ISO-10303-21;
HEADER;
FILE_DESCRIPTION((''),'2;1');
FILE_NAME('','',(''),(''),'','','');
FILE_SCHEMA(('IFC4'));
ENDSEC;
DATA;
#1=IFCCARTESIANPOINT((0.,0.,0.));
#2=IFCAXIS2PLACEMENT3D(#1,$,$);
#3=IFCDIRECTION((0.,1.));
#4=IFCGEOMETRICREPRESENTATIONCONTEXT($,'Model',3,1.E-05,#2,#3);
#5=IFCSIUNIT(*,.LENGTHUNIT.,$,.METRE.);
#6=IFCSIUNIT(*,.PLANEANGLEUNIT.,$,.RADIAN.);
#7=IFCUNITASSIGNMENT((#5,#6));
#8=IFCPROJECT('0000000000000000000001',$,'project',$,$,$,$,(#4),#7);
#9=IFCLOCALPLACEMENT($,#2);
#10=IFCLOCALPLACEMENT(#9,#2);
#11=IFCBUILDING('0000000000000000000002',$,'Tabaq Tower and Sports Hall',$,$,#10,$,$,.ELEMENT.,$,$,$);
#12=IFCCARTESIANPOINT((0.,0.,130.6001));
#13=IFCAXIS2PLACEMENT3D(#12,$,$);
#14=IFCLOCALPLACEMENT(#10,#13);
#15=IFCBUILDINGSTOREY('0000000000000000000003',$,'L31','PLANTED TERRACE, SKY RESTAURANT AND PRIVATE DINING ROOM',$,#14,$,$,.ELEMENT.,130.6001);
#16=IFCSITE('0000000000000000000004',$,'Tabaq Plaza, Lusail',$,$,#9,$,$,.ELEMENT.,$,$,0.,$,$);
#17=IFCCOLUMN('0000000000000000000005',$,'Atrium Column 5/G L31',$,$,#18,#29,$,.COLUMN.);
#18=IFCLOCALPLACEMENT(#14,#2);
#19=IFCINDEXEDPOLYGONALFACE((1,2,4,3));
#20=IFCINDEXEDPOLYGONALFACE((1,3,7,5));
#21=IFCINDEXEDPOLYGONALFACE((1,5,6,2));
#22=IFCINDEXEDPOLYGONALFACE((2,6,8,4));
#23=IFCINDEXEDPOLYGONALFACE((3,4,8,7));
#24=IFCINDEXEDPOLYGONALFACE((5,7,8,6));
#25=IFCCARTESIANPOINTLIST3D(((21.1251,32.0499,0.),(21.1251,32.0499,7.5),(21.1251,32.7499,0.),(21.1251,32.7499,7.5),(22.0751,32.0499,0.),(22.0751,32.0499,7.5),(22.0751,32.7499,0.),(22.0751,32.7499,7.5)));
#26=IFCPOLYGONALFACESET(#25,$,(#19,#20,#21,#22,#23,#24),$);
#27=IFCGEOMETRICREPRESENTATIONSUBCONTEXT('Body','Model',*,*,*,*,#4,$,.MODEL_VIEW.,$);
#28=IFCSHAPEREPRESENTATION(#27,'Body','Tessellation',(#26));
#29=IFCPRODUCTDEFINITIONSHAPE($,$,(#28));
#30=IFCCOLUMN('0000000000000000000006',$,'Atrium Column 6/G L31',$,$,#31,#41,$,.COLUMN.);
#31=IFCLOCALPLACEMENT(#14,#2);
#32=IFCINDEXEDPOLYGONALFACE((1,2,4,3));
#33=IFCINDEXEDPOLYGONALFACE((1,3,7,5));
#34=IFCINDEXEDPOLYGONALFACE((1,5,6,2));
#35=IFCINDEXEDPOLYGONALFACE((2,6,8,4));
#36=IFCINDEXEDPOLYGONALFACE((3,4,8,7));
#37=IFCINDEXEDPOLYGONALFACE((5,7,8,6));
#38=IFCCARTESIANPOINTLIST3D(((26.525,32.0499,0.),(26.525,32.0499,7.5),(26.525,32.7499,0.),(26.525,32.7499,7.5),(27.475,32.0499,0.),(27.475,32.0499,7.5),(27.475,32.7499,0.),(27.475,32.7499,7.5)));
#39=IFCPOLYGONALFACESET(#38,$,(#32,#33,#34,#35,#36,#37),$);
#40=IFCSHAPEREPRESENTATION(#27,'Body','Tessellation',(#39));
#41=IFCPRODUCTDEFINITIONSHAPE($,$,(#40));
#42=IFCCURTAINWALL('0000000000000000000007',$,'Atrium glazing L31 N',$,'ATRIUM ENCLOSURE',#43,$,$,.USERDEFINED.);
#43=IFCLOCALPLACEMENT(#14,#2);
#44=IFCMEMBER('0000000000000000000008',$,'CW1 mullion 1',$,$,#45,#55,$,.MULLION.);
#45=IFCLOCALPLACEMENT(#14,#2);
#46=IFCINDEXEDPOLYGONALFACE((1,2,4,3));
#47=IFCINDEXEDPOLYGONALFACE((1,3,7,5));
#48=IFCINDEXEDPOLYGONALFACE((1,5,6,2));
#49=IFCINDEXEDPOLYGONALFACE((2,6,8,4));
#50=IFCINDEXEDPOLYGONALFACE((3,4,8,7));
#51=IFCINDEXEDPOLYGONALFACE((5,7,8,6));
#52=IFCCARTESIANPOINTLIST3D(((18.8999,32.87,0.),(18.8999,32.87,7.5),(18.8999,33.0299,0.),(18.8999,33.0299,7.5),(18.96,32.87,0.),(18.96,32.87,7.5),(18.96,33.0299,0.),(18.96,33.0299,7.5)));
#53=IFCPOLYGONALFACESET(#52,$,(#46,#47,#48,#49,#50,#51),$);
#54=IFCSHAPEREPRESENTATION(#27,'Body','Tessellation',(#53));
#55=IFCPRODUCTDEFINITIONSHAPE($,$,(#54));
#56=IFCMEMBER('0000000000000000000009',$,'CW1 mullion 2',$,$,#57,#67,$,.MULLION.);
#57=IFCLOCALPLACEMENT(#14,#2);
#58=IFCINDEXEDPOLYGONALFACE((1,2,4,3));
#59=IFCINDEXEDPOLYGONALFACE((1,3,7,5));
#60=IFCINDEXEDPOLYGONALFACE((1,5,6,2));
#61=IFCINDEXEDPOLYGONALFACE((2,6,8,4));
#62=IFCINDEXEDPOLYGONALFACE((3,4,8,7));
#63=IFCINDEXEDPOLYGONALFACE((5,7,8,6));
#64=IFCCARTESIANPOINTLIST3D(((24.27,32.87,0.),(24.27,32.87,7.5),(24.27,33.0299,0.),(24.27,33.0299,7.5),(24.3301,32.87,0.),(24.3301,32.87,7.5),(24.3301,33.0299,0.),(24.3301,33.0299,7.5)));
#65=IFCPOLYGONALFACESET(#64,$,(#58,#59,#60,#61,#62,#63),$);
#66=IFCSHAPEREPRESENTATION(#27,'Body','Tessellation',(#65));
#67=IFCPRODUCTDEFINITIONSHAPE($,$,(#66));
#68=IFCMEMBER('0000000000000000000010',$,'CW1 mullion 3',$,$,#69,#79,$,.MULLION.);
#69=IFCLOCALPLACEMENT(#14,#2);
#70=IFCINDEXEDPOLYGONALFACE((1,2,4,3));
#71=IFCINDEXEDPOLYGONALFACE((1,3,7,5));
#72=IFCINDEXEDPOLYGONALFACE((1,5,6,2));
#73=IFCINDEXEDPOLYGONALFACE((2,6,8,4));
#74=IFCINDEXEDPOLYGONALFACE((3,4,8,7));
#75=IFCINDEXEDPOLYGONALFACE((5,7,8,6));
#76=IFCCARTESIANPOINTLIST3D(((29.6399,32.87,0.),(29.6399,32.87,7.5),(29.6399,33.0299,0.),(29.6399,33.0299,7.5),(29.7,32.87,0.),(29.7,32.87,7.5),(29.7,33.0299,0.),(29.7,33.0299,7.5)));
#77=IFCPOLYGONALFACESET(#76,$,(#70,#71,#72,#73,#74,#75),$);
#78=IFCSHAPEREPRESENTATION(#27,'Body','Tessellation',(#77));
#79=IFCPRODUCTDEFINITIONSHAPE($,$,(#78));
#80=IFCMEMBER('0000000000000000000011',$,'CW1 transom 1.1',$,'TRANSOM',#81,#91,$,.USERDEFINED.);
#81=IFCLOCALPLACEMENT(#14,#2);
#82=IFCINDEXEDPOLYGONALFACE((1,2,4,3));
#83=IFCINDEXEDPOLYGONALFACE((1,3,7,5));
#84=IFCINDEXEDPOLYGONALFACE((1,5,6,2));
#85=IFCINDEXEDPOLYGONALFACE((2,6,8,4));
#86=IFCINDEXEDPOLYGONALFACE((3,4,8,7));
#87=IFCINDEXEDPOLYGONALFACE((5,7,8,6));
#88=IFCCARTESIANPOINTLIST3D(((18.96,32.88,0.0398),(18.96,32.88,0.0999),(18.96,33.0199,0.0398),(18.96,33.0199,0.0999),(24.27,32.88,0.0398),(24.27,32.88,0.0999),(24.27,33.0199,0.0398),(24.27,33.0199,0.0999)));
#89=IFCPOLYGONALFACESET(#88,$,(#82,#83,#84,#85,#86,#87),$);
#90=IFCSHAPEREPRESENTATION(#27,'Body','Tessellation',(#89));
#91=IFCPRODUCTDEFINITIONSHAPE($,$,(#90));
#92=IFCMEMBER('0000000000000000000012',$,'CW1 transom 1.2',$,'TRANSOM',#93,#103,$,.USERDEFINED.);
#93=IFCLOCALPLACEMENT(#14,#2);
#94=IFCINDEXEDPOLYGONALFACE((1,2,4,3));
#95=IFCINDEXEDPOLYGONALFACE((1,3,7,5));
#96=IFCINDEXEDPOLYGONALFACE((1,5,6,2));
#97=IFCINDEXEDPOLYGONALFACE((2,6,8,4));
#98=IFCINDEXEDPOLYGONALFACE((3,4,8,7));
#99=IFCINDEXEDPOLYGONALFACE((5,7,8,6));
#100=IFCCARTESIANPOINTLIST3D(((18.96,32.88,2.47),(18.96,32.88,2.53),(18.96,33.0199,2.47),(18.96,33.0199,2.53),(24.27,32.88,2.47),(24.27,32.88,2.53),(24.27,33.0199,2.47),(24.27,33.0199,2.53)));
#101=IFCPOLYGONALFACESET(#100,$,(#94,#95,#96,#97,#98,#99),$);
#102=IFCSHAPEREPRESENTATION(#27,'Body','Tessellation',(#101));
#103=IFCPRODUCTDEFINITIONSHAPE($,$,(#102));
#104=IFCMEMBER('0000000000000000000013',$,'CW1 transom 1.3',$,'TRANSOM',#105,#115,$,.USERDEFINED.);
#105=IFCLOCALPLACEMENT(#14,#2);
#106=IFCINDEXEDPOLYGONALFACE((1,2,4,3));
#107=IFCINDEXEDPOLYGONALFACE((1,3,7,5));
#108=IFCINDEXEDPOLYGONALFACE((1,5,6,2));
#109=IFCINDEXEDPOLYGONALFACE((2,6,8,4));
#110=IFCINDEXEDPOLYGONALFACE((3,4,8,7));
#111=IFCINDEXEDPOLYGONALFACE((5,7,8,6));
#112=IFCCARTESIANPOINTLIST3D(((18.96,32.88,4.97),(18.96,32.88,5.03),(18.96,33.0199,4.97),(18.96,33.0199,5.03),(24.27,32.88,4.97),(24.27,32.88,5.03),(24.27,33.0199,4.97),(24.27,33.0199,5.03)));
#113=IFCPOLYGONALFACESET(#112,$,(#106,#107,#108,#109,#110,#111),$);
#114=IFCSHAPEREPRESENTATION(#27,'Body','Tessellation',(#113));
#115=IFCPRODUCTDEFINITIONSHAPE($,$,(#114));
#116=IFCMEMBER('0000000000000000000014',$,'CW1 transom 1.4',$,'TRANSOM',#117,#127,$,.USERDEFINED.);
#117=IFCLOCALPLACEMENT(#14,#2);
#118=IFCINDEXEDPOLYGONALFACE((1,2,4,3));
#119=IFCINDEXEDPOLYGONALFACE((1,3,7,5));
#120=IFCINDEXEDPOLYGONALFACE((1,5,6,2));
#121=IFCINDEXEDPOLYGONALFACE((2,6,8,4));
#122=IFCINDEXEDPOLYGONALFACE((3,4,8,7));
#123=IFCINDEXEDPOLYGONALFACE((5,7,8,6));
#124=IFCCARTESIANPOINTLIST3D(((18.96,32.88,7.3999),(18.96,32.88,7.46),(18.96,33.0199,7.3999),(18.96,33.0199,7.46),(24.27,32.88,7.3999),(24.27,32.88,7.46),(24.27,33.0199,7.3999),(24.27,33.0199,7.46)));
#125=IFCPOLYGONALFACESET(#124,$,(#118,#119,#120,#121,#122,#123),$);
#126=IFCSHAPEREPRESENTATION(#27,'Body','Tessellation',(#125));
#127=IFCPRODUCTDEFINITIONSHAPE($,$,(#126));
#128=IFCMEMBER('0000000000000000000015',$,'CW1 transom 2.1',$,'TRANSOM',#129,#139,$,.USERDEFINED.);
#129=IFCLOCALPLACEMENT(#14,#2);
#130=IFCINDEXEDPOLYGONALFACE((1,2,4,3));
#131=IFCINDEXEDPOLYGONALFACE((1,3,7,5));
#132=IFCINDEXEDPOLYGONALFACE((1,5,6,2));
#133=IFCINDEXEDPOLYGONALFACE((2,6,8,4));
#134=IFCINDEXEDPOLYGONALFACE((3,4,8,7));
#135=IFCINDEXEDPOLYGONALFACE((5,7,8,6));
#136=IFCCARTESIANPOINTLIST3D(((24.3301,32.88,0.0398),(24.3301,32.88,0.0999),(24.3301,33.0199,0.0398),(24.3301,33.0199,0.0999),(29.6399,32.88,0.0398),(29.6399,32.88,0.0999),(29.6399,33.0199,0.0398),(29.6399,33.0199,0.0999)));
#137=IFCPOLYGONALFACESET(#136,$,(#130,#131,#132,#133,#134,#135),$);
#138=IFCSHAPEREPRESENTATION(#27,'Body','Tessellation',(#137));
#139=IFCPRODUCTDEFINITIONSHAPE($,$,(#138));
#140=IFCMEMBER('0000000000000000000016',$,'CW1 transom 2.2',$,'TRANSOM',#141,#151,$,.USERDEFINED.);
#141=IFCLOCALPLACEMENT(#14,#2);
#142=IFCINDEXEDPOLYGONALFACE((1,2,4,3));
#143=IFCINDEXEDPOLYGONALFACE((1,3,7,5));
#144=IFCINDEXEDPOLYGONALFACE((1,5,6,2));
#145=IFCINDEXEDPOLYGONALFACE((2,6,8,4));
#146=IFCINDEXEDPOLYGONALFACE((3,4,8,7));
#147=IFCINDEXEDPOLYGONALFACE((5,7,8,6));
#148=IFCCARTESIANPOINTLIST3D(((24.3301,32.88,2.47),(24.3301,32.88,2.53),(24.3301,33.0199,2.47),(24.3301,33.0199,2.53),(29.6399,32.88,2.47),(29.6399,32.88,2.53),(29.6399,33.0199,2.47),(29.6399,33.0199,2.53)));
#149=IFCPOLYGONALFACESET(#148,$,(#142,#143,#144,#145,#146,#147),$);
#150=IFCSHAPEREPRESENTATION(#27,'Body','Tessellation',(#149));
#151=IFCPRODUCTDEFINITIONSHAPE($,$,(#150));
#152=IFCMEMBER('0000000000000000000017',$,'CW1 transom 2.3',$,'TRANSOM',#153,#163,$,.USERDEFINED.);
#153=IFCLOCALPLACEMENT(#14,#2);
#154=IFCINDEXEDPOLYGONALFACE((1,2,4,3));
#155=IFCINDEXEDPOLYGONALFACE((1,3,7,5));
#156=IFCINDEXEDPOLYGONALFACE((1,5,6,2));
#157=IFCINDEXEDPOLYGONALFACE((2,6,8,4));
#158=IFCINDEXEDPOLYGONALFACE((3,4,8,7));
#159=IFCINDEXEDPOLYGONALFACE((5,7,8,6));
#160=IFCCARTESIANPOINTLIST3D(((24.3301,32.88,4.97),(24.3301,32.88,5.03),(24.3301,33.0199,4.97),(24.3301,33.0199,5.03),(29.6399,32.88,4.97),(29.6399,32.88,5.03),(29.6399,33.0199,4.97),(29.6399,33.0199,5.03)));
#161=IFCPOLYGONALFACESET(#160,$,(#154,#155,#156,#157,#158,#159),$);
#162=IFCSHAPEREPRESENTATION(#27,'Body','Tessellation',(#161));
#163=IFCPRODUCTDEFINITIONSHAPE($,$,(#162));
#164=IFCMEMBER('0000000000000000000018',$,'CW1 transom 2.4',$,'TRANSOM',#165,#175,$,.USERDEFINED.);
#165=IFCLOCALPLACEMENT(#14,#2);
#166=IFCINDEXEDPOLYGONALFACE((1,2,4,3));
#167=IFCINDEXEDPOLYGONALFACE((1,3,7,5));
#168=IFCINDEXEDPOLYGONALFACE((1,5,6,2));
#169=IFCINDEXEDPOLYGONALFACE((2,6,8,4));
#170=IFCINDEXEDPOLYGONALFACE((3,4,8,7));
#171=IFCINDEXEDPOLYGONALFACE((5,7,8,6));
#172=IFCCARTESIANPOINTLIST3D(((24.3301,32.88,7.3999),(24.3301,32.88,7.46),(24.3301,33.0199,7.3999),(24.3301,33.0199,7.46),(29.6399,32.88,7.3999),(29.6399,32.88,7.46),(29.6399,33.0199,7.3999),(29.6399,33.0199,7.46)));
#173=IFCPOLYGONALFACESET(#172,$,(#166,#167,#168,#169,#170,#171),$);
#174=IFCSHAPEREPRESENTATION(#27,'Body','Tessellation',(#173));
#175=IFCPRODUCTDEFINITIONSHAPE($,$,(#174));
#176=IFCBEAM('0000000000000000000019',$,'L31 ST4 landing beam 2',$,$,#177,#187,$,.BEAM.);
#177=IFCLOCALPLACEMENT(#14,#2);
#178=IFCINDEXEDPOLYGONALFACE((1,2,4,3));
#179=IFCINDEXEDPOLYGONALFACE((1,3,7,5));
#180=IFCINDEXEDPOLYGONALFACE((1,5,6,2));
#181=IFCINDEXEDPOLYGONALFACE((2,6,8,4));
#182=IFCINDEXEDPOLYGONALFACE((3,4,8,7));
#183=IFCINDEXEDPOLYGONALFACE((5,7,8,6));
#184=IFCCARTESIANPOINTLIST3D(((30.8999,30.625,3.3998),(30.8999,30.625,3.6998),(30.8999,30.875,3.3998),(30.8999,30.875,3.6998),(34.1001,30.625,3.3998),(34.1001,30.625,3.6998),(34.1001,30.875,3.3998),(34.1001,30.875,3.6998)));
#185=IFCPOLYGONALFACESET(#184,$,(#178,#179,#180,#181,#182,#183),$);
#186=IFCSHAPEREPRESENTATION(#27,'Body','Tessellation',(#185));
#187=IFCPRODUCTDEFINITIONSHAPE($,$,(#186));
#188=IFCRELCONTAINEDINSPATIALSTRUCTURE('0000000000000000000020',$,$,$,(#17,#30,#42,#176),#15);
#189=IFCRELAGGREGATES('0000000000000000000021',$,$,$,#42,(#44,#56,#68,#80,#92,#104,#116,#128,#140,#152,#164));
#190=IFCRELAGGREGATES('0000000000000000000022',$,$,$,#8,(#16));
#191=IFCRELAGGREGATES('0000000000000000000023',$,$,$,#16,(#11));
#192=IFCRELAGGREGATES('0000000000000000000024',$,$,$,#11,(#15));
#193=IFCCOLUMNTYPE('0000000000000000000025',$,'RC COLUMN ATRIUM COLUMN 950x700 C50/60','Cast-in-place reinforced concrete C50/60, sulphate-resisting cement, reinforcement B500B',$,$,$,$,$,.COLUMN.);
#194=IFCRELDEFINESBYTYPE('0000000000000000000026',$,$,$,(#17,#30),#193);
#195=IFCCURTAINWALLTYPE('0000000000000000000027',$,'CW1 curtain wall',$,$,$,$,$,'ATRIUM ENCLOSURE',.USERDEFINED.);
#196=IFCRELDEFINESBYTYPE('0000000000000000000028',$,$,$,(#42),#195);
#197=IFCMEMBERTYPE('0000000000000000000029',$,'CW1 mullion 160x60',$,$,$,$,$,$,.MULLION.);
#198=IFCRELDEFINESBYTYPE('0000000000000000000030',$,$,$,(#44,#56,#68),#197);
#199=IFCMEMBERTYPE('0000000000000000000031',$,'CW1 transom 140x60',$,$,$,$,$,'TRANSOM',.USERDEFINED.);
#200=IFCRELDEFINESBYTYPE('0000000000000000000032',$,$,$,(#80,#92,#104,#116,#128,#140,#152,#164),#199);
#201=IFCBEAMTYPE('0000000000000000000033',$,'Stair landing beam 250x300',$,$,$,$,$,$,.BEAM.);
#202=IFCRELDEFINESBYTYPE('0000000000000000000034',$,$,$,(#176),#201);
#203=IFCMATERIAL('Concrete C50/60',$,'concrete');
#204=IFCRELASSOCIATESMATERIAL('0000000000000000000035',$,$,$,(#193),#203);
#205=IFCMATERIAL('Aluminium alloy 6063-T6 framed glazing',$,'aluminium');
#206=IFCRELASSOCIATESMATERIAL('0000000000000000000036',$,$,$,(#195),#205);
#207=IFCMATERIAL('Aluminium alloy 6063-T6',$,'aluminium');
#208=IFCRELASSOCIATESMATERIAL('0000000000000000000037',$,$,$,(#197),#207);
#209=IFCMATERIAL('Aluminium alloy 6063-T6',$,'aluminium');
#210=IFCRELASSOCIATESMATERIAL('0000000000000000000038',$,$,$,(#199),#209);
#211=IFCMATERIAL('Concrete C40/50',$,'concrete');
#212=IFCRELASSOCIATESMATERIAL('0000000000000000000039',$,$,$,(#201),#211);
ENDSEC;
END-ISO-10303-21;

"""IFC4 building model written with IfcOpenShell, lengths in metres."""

from ifc_helpers import new_model, si_unit, direction, frame, origin, origin_2d, place, context, subcontext, project, spatial, rectangle, extrude, material, material_profile, profile_set, type_object, element, aggregate, save


model = new_model("IFC4")

# Units and contexts
model_context = context("Model", 3, precision=1e-05, world=origin(), true_north=direction((0.0, 1.0)))
body_context = subcontext(model_context, "Body", "Model", "MODEL_VIEW")
ifc_project = project(units=[si_unit("LENGTHUNIT", "METRE"), si_unit("PLANEANGLEUNIT", "RADIAN")], contexts=[model_context])

# Site, building, storey
site_placement = place(None, origin())
site = spatial("IfcSite", under=ifc_project, at=site_placement, Name="Tabaq Plaza, Lusail", CompositionType="ELEMENT", RefElevation=0.0)
building_placement = place(site_placement, origin())
building = spatial("IfcBuilding", under=site, at=building_placement, Name="Tabaq Tower and Sports Hall", CompositionType="ELEMENT")
storey_placement = place(building_placement, frame((0.0, 0.0, 130.6001)))
storey = spatial("IfcBuildingStorey", under=building, at=storey_placement, Name="L31", Description="PLANTED TERRACE, SKY RESTAURANT AND PRIVATE DINING ROOM", CompositionType="ELEMENT", Elevation=130.6001)

# Columns
ifc_material_1 = material(Name="Concrete C50/60", Category="concrete")
ifc_material_profile_1 = material_profile(ifc_material_1, rectangle(XDim=0.95, YDim=0.7, at=origin_2d()), Name="ATRIUM COLUMN 950x700")
ifc_profile_set_1 = profile_set([ifc_material_profile_1], Name="Concrete C50/60")
column_type = type_object("IfcColumnType", Name="RC COLUMN ATRIUM COLUMN 950x700 C50/60", Description="Cast-in-place reinforced concrete C50/60, sulphate-resisting cement, reinforcement B500B", PredefinedType="COLUMN", material=ifc_profile_set_1)
for number, where, z_axis, x_axis, name in (
    (1, (21.6001, 32.3999, 0.0), (0.0, 0.0, 1.0), (1.0, 0.0, 0.0), "Atrium Column 5/G L31"),
    (2, (27.0, 32.3999, 0.0), (0.0, 0.0, 1.0), (1.0, 0.0, 0.0), "Atrium Column 6/G L31"),
):
    element("IfcColumn", number, at=place(storey_placement, frame(where, z_axis=z_axis, x_axis=x_axis)), inside=storey, type_object=column_type, Name=name, PredefinedType="COLUMN", context=body_context, shape_type="SweptSolid", body=[
        extrude(rectangle(XDim=0.95, YDim=0.7, at=origin_2d()), origin(), (0.0, 0.0, 1.0), 7.5),
    ])

# Curtain wall, members
ifc_material_2 = material(Name="Aluminium alloy 6063-T6 framed glazing", Category="aluminium")
curtain_wall_type = type_object("IfcCurtainWallType", Name="CW1 curtain wall", ElementType="ATRIUM ENCLOSURE", PredefinedType="USERDEFINED", material=ifc_material_2)
curtain_wall_placement = place(storey_placement, origin())
curtain_wall = element("IfcCurtainWall", 3, at=curtain_wall_placement, inside=storey, type_object=curtain_wall_type, Name="Atrium glazing L31 N", ObjectType="ATRIUM ENCLOSURE", PredefinedType="USERDEFINED")
ifc_material_3 = material(Name="Aluminium alloy 6063-T6", Category="aluminium")
ifc_material_profile_2 = material_profile(ifc_material_3, rectangle(XDim=0.1599, YDim=0.0601, at=origin_2d()), Name="MULLION 160x60")
ifc_profile_set_2 = profile_set([ifc_material_profile_2], Name="Aluminium alloy 6063-T6")
member_type_1 = type_object("IfcMemberType", Name="CW1 mullion 160x60", PredefinedType="MULLION", material=ifc_profile_set_2)
member_1_placement = place(storey_placement, frame((18.9299, 32.95, 0.0), z_axis=(0.0, 0.0, 1.0), x_axis=(0.0, 1.0, 0.0)))
member_1 = element("IfcMember", 4, at=member_1_placement, type_object=member_type_1, Name="CW1 mullion 1", PredefinedType="MULLION", context=body_context, shape_type="SweptSolid", body=[
    extrude(rectangle(XDim=0.1599, YDim=0.0601, at=origin_2d()), origin(), (0.0, 0.0, 1.0), 7.5),
])
member_2_placement = place(storey_placement, frame((24.3, 32.95, 0.0), z_axis=(0.0, 0.0, 1.0), x_axis=(0.0, 1.0, 0.0)))
member_2 = element("IfcMember", 5, at=member_2_placement, type_object=member_type_1, Name="CW1 mullion 2", PredefinedType="MULLION", context=body_context, shape_type="SweptSolid", body=[
    extrude(rectangle(XDim=0.1599, YDim=0.0601, at=origin_2d()), origin(), (0.0, 0.0, 1.0), 7.5),
])
member_3_placement = place(storey_placement, frame((29.6699, 32.95, 0.0), z_axis=(0.0, 0.0, 1.0), x_axis=(0.0, 1.0, 0.0)))
member_3 = element("IfcMember", 6, at=member_3_placement, type_object=member_type_1, Name="CW1 mullion 3", PredefinedType="MULLION", context=body_context, shape_type="SweptSolid", body=[
    extrude(rectangle(XDim=0.1599, YDim=0.0601, at=origin_2d()), origin(), (0.0, 0.0, 1.0), 7.5),
])
ifc_material_4 = material(Name="Aluminium alloy 6063-T6", Category="aluminium")
ifc_material_profile_3 = material_profile(ifc_material_4, rectangle(XDim=0.1399, YDim=0.0601, at=origin_2d()), Name="TRANSOM 140x60")
ifc_profile_set_3 = profile_set([ifc_material_profile_3], Name="Aluminium alloy 6063-T6")
member_type_2 = type_object("IfcMemberType", Name="CW1 transom 140x60", ElementType="TRANSOM", PredefinedType="USERDEFINED", material=ifc_profile_set_3)
member_4_placement = place(storey_placement, frame((18.96, 32.95, 0.0698), z_axis=(1.0, 0.0, 0.0), x_axis=(0.0, 1.0, 0.0)))
member_4 = element("IfcMember", 7, at=member_4_placement, type_object=member_type_2, Name="CW1 transom 1.1", ObjectType="TRANSOM", PredefinedType="USERDEFINED", context=body_context, shape_type="SweptSolid", body=[
    extrude(rectangle(XDim=0.1399, YDim=0.0601, at=origin_2d()), origin(), (0.0, 0.0, 1.0), 5.3101),
])
member_5_placement = place(storey_placement, frame((18.96, 32.95, 2.5), z_axis=(1.0, 0.0, 0.0), x_axis=(0.0, 1.0, 0.0)))
member_5 = element("IfcMember", 8, at=member_5_placement, type_object=member_type_2, Name="CW1 transom 1.2", ObjectType="TRANSOM", PredefinedType="USERDEFINED", context=body_context, shape_type="SweptSolid", body=[
    extrude(rectangle(XDim=0.1399, YDim=0.0601, at=origin_2d()), origin(), (0.0, 0.0, 1.0), 5.3101),
])
member_6_placement = place(storey_placement, frame((18.96, 32.95, 5.0), z_axis=(1.0, 0.0, 0.0), x_axis=(0.0, 1.0, 0.0)))
member_6 = element("IfcMember", 9, at=member_6_placement, type_object=member_type_2, Name="CW1 transom 1.3", ObjectType="TRANSOM", PredefinedType="USERDEFINED", context=body_context, shape_type="SweptSolid", body=[
    extrude(rectangle(XDim=0.1399, YDim=0.0601, at=origin_2d()), origin(), (0.0, 0.0, 1.0), 5.3101),
])
member_7_placement = place(storey_placement, frame((18.96, 32.95, 7.4299), z_axis=(1.0, 0.0, 0.0), x_axis=(0.0, 1.0, 0.0)))
member_7 = element("IfcMember", 10, at=member_7_placement, type_object=member_type_2, Name="CW1 transom 1.4", ObjectType="TRANSOM", PredefinedType="USERDEFINED", context=body_context, shape_type="SweptSolid", body=[
    extrude(rectangle(XDim=0.1399, YDim=0.0601, at=origin_2d()), origin(), (0.0, 0.0, 1.0), 5.3101),
])
member_8_placement = place(storey_placement, frame((24.3301, 32.95, 0.0698), z_axis=(1.0, 0.0, 0.0), x_axis=(0.0, 1.0, 0.0)))
member_8 = element("IfcMember", 11, at=member_8_placement, type_object=member_type_2, Name="CW1 transom 2.1", ObjectType="TRANSOM", PredefinedType="USERDEFINED", context=body_context, shape_type="SweptSolid", body=[
    extrude(rectangle(XDim=0.1399, YDim=0.0601, at=origin_2d()), origin(), (0.0, 0.0, 1.0), 5.3098),
])
member_9_placement = place(storey_placement, frame((24.3301, 32.95, 2.5), z_axis=(1.0, 0.0, 0.0), x_axis=(0.0, 1.0, 0.0)))
member_9 = element("IfcMember", 12, at=member_9_placement, type_object=member_type_2, Name="CW1 transom 2.2", ObjectType="TRANSOM", PredefinedType="USERDEFINED", context=body_context, shape_type="SweptSolid", body=[
    extrude(rectangle(XDim=0.1399, YDim=0.0601, at=origin_2d()), origin(), (0.0, 0.0, 1.0), 5.3098),
])
member_10_placement = place(storey_placement, frame((24.3301, 32.95, 5.0), z_axis=(1.0, 0.0, 0.0), x_axis=(0.0, 1.0, 0.0)))
member_10 = element("IfcMember", 13, at=member_10_placement, type_object=member_type_2, Name="CW1 transom 2.3", ObjectType="TRANSOM", PredefinedType="USERDEFINED", context=body_context, shape_type="SweptSolid", body=[
    extrude(rectangle(XDim=0.1399, YDim=0.0601, at=origin_2d()), origin(), (0.0, 0.0, 1.0), 5.3098),
])
member_11_placement = place(storey_placement, frame((24.3301, 32.95, 7.4299), z_axis=(1.0, 0.0, 0.0), x_axis=(0.0, 1.0, 0.0)))
member_11 = element("IfcMember", 14, at=member_11_placement, type_object=member_type_2, Name="CW1 transom 2.4", ObjectType="TRANSOM", PredefinedType="USERDEFINED", context=body_context, shape_type="SweptSolid", body=[
    extrude(rectangle(XDim=0.1399, YDim=0.0601, at=origin_2d()), origin(), (0.0, 0.0, 1.0), 5.3098),
])

# Beam
ifc_material_5 = material(Name="Concrete C40/50", Category="concrete")
ifc_material_profile_4 = material_profile(ifc_material_5, rectangle(XDim=0.25, YDim=0.3, at=origin_2d()), Name="RC 250x300")
ifc_profile_set_4 = profile_set([ifc_material_profile_4], Name="Concrete C40/50")
beam_type = type_object("IfcBeamType", Name="Stair landing beam 250x300", PredefinedType="BEAM", material=ifc_profile_set_4)
beam_placement = place(storey_placement, frame((30.8999, 30.75, 3.5498), z_axis=(1.0, 0.0, 0.0), x_axis=(0.0, 1.0, 0.0)))
element("IfcBeam", 15, at=beam_placement, inside=storey, type_object=beam_type, Name="L31 ST4 landing beam 2", PredefinedType="BEAM", context=body_context, shape_type="SweptSolid", body=[
    extrude(rectangle(XDim=0.25, YDim=0.3, at=origin_2d()), origin(), (0.0, 0.0, 1.0), 3.2002),
])

aggregate(curtain_wall, [member_1, member_2, member_3, member_4, member_5, member_6, member_7, member_8, member_9, member_10, member_11])

save(model, "model.ifc")
